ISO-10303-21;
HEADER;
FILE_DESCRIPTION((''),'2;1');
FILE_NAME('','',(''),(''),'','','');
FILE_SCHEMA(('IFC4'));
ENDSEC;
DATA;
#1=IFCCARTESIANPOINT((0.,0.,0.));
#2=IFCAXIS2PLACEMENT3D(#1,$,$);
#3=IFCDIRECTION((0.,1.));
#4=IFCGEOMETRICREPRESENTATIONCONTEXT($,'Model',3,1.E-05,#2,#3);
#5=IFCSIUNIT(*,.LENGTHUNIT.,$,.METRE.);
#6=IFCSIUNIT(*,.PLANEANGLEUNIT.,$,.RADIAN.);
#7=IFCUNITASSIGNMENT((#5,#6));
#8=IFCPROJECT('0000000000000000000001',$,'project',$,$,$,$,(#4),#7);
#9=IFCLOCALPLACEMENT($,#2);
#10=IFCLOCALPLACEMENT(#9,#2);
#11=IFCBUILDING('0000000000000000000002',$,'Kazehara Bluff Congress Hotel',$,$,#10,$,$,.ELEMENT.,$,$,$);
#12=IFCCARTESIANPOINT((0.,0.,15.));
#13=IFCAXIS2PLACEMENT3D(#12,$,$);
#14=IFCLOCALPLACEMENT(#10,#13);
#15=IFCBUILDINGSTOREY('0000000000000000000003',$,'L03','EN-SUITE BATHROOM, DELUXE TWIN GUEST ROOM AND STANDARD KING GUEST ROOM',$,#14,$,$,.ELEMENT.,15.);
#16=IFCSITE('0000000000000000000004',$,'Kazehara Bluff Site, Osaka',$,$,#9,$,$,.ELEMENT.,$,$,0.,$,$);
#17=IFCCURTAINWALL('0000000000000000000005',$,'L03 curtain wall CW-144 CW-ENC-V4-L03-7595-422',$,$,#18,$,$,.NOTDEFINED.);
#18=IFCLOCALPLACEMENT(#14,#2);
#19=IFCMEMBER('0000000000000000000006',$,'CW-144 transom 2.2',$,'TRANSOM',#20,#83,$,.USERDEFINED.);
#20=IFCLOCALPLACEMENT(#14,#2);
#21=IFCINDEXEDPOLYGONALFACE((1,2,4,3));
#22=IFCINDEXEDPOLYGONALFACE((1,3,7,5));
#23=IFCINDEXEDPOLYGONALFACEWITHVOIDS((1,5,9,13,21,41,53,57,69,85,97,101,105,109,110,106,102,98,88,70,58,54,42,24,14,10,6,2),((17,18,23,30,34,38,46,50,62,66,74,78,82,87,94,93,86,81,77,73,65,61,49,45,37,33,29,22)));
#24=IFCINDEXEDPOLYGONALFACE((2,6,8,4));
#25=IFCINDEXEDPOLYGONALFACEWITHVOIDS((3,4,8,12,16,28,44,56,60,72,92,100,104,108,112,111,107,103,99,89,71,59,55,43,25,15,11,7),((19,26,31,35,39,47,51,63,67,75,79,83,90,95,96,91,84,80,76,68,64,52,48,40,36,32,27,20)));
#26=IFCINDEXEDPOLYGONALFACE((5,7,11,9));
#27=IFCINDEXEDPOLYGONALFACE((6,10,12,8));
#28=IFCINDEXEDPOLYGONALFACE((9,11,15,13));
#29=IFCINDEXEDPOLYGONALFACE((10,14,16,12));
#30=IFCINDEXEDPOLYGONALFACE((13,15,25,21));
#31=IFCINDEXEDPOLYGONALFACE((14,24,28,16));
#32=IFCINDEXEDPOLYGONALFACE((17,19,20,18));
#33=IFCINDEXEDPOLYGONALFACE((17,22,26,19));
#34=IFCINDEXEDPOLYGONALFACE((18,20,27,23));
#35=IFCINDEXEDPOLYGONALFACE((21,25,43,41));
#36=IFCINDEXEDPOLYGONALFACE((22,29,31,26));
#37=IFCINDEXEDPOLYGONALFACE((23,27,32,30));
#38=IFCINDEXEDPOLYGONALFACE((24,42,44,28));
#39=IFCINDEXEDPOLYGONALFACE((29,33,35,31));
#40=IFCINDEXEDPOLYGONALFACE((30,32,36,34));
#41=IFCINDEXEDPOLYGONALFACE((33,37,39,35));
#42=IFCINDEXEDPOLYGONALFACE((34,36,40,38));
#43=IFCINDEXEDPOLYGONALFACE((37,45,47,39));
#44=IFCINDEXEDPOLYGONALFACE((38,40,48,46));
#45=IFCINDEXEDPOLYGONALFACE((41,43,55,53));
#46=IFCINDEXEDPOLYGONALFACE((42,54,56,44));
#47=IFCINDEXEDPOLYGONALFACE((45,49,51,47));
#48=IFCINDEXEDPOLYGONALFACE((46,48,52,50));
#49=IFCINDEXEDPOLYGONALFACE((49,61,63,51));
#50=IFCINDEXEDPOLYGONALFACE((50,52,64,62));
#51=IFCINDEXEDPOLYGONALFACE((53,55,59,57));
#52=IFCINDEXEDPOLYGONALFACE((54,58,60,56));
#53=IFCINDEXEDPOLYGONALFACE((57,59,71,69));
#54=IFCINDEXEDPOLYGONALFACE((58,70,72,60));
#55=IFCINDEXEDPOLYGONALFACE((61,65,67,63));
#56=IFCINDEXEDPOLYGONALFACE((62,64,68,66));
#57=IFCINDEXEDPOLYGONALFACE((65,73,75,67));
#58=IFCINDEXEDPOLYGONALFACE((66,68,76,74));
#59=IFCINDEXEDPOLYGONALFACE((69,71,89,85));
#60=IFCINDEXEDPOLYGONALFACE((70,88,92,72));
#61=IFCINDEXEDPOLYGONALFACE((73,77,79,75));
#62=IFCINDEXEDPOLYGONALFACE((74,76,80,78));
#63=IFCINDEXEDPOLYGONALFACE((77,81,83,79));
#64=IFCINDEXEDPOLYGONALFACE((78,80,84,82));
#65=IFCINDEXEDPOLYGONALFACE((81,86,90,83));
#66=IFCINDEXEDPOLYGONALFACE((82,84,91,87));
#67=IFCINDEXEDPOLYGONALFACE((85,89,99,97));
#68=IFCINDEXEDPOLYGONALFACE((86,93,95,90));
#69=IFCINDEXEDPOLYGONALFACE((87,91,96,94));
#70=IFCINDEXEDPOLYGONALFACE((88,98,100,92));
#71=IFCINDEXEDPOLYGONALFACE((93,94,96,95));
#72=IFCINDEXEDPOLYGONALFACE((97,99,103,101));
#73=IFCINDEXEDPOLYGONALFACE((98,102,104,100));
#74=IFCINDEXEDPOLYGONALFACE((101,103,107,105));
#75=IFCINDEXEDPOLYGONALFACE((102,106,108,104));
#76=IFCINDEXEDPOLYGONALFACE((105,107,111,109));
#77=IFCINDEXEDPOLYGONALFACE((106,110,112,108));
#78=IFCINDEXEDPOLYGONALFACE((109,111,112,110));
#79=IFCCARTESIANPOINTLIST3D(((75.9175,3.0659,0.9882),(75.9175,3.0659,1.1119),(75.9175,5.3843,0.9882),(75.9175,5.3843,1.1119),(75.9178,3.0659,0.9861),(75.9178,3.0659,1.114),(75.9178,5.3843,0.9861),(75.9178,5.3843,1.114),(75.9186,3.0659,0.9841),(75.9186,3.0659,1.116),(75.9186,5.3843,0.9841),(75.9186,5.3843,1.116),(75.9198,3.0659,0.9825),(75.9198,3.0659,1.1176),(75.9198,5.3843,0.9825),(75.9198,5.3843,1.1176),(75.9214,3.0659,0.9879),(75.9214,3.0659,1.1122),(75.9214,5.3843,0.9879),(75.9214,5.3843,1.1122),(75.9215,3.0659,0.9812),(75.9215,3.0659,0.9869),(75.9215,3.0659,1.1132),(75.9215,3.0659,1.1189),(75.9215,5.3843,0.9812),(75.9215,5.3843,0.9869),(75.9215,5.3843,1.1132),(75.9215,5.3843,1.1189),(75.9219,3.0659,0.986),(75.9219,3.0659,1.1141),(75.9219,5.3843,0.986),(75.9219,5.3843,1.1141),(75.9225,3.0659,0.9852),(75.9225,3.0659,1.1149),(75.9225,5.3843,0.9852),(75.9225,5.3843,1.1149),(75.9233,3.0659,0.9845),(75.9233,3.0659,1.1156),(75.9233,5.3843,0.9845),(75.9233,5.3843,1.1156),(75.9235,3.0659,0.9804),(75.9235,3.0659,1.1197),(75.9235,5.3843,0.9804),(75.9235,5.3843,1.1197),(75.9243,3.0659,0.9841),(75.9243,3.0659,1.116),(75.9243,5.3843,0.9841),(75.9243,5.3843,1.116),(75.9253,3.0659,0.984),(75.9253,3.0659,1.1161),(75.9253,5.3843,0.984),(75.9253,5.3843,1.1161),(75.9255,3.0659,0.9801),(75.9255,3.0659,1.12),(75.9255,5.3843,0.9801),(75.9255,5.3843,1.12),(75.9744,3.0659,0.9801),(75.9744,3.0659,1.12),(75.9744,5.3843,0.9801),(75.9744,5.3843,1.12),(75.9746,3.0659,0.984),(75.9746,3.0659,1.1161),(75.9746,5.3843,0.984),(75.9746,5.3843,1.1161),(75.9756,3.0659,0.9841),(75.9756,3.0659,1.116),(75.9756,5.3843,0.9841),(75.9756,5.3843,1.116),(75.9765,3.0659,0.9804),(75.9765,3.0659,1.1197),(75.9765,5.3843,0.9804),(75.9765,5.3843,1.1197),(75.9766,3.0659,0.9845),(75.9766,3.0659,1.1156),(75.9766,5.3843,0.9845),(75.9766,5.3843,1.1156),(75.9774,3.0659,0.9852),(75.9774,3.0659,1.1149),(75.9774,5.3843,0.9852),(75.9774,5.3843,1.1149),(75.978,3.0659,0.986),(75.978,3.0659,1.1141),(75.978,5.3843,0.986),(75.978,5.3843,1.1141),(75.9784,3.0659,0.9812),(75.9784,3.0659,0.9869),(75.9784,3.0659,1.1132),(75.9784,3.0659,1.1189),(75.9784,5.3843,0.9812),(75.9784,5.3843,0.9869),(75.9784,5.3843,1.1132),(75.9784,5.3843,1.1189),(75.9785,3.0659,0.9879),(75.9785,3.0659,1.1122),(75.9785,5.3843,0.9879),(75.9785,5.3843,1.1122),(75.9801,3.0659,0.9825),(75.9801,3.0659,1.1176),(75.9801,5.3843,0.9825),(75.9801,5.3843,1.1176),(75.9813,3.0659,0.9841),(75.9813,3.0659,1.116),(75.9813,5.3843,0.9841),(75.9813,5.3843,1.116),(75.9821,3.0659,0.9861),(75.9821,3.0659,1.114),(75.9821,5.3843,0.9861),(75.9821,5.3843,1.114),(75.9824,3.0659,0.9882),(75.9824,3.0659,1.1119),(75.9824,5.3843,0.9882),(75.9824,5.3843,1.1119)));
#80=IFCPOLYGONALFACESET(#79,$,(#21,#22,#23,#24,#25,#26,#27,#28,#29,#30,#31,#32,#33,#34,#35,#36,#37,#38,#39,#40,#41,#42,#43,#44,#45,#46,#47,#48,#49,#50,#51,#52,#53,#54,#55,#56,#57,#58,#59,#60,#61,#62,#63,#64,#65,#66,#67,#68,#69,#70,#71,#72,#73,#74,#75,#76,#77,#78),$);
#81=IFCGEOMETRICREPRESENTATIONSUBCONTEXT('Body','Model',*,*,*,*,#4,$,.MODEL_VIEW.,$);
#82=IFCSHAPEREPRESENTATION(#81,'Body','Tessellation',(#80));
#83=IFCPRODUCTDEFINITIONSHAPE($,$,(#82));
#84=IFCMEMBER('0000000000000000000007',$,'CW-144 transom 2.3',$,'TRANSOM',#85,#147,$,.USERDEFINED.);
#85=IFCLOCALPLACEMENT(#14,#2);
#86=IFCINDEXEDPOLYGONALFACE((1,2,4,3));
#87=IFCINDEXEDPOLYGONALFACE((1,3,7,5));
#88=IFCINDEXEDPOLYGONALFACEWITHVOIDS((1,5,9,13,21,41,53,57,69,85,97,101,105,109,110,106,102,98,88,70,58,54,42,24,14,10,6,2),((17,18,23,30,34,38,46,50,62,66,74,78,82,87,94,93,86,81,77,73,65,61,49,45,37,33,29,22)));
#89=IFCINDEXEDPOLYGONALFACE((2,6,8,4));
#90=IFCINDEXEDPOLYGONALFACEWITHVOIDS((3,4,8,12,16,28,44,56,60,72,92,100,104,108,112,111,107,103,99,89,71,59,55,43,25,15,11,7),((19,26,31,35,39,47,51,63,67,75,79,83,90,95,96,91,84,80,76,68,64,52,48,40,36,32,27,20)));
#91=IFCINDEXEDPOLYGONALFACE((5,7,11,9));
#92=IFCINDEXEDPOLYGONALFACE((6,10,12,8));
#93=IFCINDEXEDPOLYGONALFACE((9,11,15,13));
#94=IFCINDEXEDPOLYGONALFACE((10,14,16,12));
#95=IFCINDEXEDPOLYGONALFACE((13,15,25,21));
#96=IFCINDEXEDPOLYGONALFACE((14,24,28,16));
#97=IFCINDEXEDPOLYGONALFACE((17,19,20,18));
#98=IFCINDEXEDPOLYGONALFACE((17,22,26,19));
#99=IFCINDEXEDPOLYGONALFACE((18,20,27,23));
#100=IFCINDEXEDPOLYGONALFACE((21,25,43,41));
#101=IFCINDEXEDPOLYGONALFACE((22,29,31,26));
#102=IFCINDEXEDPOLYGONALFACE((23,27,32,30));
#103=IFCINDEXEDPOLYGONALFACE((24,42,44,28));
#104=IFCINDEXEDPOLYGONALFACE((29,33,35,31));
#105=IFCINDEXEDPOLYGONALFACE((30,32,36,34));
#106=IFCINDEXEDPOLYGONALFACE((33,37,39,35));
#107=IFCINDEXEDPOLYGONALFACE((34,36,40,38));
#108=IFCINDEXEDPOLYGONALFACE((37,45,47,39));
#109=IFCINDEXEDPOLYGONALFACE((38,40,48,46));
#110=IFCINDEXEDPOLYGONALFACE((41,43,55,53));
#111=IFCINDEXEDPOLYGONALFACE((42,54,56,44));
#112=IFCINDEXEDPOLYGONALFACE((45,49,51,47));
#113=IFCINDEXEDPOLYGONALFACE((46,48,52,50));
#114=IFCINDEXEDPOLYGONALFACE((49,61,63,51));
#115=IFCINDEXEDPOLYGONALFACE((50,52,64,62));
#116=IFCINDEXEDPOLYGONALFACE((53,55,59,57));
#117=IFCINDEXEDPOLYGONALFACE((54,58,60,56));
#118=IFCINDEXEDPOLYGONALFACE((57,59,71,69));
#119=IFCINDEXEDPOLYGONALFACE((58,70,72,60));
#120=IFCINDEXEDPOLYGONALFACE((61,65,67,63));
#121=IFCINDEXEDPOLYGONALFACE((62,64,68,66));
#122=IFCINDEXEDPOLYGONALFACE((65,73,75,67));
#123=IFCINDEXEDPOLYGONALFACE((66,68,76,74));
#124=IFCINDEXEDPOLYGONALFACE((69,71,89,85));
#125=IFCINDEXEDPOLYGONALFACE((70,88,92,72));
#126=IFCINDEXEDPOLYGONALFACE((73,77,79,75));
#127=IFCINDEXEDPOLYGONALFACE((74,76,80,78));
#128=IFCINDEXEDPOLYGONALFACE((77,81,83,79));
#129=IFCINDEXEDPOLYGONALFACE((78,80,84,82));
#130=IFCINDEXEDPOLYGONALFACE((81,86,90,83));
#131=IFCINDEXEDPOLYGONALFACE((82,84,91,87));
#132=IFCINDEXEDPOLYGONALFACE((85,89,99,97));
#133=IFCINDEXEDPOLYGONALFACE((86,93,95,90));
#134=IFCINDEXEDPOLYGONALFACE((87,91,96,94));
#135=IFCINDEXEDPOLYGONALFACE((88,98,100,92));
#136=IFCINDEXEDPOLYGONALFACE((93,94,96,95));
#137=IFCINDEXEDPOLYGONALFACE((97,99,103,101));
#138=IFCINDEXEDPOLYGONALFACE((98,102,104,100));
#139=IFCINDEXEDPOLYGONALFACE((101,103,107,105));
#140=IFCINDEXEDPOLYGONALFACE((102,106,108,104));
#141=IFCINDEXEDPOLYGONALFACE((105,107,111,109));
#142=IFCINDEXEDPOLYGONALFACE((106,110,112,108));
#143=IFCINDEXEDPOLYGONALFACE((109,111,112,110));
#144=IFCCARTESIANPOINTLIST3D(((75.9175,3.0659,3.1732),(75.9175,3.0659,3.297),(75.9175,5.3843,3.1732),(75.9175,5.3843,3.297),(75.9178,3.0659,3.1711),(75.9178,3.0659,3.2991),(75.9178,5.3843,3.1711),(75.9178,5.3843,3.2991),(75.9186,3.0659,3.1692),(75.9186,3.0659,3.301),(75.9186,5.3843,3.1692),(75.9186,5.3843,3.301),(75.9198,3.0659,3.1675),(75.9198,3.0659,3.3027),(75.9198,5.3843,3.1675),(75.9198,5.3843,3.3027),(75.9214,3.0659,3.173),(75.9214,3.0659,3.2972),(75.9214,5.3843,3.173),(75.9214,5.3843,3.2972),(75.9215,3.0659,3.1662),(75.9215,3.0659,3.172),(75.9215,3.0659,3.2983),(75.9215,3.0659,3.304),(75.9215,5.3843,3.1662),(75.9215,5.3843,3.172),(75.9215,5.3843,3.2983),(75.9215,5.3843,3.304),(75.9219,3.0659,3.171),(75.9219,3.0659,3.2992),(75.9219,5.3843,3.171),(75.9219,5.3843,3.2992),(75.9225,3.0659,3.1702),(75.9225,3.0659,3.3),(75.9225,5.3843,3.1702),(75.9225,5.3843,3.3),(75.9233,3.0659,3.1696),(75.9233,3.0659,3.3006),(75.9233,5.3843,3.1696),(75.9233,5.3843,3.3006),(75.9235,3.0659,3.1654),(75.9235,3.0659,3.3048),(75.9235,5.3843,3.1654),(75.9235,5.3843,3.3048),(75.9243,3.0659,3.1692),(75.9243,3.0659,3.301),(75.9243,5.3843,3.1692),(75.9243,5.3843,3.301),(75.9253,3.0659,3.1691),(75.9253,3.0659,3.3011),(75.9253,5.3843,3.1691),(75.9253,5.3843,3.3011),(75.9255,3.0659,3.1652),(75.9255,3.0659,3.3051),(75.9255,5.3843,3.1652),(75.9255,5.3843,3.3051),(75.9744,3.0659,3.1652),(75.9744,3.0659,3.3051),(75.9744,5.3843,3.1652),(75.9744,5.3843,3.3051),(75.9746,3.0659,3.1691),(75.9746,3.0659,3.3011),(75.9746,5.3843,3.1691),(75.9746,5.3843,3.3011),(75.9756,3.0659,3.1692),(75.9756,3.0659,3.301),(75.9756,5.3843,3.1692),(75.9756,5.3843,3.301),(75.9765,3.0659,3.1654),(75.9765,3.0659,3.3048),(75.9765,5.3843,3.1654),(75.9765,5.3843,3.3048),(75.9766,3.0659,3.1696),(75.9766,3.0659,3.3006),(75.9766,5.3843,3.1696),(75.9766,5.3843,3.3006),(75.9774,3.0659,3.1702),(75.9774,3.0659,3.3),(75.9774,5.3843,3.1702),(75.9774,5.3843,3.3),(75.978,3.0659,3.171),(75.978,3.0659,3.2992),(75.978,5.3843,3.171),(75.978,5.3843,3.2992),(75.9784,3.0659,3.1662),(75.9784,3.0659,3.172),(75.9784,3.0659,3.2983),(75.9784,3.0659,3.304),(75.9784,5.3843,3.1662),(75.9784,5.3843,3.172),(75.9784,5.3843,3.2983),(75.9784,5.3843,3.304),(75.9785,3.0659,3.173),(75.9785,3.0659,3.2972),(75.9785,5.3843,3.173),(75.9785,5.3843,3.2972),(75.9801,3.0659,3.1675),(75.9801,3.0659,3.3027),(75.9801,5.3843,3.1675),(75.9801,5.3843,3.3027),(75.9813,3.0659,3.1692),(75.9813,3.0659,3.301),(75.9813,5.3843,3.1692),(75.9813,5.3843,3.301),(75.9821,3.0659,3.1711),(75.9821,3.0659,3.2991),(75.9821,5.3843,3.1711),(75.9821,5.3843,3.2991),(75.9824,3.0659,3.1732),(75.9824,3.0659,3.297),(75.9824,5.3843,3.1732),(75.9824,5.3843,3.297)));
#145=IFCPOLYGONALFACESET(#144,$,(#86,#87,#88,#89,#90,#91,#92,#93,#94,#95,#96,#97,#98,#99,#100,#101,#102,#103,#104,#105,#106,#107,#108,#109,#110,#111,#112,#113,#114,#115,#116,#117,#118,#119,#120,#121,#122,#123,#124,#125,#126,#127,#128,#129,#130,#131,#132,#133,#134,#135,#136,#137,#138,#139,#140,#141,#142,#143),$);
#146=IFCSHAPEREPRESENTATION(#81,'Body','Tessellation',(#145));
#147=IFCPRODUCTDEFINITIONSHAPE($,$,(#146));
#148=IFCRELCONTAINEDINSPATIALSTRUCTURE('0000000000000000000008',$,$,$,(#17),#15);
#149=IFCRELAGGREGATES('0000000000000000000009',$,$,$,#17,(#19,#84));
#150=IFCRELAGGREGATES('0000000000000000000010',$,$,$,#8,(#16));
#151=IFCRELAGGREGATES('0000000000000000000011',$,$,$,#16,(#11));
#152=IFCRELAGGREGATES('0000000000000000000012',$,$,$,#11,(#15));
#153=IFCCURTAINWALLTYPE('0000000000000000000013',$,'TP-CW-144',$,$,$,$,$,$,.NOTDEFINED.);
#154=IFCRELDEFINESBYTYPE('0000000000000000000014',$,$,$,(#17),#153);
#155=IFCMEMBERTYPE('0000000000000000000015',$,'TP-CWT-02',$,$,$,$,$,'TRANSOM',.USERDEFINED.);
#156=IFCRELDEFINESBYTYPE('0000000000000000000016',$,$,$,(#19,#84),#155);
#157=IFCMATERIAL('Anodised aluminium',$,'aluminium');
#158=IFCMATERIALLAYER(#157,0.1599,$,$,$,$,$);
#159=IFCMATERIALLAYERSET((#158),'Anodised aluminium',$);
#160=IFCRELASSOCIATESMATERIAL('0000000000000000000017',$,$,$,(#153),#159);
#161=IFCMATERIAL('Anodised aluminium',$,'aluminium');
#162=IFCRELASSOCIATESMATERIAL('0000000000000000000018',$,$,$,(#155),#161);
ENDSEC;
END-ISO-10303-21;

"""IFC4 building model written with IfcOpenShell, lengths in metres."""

from ifc_helpers import new_model, si_unit, direction, frame, origin, origin_2d, place, context, subcontext, project, spatial, hollow_rectangle, extrude, material, layer, layer_set, material_profile, profile_set, type_object, element, aggregate, save


model = new_model("IFC4")

# Units and contexts
model_context = context("Model", 3, precision=1e-05, world=origin(), true_north=direction((0.0, 1.0)))
body_context = subcontext(model_context, "Body", "Model", "MODEL_VIEW")
ifc_project = project(units=[si_unit("LENGTHUNIT", "METRE"), si_unit("PLANEANGLEUNIT", "RADIAN")], contexts=[model_context])

# Site, building, storey
site_placement = place(None, origin())
site = spatial("IfcSite", under=ifc_project, at=site_placement, Name="Kazehara Bluff Site, Osaka", CompositionType="ELEMENT", RefElevation=0.0)
building_placement = place(site_placement, origin())
building = spatial("IfcBuilding", under=site, at=building_placement, Name="Kazehara Bluff Congress Hotel", CompositionType="ELEMENT")
storey_placement = place(building_placement, frame((0.0, 0.0, 15.0)))
storey = spatial("IfcBuildingStorey", under=building, at=storey_placement, Name="L03", Description="EN-SUITE BATHROOM, DELUXE TWIN GUEST ROOM AND STANDARD KING GUEST ROOM", CompositionType="ELEMENT", Elevation=15.0)

# Curtain wall
ifc_material_1 = material(Name="Anodised aluminium", Category="aluminium")
ifc_layer_1 = layer(ifc_material_1, 0.1599)
ifc_layer_set_1 = layer_set([ifc_layer_1], Name="Anodised aluminium")
curtain_wall_type_1 = type_object("IfcCurtainWallType", Name="TP-CW-144", PredefinedType="NOTDEFINED", material=ifc_layer_set_1)
curtain_wall_1_placement = place(storey_placement, origin())
curtain_wall_1 = element("IfcCurtainWall", 1, at=curtain_wall_1_placement, inside=storey, type_object=curtain_wall_type_1, Name="L03 curtain wall CW-144 CW-ENC-V4-L03-7595-422", PredefinedType="NOTDEFINED")

# Members
ifc_material_2 = material(Name="Anodised aluminium", Category="aluminium")
ifc_material_profile_1 = material_profile(ifc_material_2, hollow_rectangle(XDim=0.0649, YDim=0.1399, WallThickness=0.0039, InnerFilletRadius=0.0039, OuterFilletRadius=0.0081, at=origin_2d()))
ifc_profile_set_1 = profile_set([ifc_material_profile_1], Name="Anodised aluminium")
member_type_1 = type_object("IfcMemberType", Name="TP-CWT-02", ElementType="TRANSOM", PredefinedType="USERDEFINED", material=ifc_profile_set_1)
member_1_placement = place(storey_placement, frame((75.95, 5.3843, 1.05), z_axis=(0.0, -1.0, 0.0), x_axis=(1.0, 0.0, 0.0)))
member_1 = element("IfcMember", 2, at=member_1_placement, type_object=member_type_1, Name="CW-144 transom 2.2", ObjectType="TRANSOM", PredefinedType="USERDEFINED", context=body_context, shape_type="SweptSolid", body=[
    extrude(hollow_rectangle(XDim=0.0649, YDim=0.1399, WallThickness=0.0039, InnerFilletRadius=0.0039, OuterFilletRadius=0.0081, at=origin_2d()), origin(), (0.0, 0.0, 1.0), 2.3184),
])
member_2_placement = place(storey_placement, frame((75.95, 5.3843, 3.2351), z_axis=(0.0, -1.0, 0.0), x_axis=(1.0, 0.0, 0.0)))
member_2 = element("IfcMember", 3, at=member_2_placement, type_object=member_type_1, Name="CW-144 transom 2.3", ObjectType="TRANSOM", PredefinedType="USERDEFINED", context=body_context, shape_type="SweptSolid", body=[
    extrude(hollow_rectangle(XDim=0.0649, YDim=0.1399, WallThickness=0.0039, InnerFilletRadius=0.0039, OuterFilletRadius=0.0081, at=origin_2d()), origin(), (0.0, 0.0, 1.0), 2.3184),
])

aggregate(curtain_wall_1, [member_1, member_2])

save(model, "model.ifc")
